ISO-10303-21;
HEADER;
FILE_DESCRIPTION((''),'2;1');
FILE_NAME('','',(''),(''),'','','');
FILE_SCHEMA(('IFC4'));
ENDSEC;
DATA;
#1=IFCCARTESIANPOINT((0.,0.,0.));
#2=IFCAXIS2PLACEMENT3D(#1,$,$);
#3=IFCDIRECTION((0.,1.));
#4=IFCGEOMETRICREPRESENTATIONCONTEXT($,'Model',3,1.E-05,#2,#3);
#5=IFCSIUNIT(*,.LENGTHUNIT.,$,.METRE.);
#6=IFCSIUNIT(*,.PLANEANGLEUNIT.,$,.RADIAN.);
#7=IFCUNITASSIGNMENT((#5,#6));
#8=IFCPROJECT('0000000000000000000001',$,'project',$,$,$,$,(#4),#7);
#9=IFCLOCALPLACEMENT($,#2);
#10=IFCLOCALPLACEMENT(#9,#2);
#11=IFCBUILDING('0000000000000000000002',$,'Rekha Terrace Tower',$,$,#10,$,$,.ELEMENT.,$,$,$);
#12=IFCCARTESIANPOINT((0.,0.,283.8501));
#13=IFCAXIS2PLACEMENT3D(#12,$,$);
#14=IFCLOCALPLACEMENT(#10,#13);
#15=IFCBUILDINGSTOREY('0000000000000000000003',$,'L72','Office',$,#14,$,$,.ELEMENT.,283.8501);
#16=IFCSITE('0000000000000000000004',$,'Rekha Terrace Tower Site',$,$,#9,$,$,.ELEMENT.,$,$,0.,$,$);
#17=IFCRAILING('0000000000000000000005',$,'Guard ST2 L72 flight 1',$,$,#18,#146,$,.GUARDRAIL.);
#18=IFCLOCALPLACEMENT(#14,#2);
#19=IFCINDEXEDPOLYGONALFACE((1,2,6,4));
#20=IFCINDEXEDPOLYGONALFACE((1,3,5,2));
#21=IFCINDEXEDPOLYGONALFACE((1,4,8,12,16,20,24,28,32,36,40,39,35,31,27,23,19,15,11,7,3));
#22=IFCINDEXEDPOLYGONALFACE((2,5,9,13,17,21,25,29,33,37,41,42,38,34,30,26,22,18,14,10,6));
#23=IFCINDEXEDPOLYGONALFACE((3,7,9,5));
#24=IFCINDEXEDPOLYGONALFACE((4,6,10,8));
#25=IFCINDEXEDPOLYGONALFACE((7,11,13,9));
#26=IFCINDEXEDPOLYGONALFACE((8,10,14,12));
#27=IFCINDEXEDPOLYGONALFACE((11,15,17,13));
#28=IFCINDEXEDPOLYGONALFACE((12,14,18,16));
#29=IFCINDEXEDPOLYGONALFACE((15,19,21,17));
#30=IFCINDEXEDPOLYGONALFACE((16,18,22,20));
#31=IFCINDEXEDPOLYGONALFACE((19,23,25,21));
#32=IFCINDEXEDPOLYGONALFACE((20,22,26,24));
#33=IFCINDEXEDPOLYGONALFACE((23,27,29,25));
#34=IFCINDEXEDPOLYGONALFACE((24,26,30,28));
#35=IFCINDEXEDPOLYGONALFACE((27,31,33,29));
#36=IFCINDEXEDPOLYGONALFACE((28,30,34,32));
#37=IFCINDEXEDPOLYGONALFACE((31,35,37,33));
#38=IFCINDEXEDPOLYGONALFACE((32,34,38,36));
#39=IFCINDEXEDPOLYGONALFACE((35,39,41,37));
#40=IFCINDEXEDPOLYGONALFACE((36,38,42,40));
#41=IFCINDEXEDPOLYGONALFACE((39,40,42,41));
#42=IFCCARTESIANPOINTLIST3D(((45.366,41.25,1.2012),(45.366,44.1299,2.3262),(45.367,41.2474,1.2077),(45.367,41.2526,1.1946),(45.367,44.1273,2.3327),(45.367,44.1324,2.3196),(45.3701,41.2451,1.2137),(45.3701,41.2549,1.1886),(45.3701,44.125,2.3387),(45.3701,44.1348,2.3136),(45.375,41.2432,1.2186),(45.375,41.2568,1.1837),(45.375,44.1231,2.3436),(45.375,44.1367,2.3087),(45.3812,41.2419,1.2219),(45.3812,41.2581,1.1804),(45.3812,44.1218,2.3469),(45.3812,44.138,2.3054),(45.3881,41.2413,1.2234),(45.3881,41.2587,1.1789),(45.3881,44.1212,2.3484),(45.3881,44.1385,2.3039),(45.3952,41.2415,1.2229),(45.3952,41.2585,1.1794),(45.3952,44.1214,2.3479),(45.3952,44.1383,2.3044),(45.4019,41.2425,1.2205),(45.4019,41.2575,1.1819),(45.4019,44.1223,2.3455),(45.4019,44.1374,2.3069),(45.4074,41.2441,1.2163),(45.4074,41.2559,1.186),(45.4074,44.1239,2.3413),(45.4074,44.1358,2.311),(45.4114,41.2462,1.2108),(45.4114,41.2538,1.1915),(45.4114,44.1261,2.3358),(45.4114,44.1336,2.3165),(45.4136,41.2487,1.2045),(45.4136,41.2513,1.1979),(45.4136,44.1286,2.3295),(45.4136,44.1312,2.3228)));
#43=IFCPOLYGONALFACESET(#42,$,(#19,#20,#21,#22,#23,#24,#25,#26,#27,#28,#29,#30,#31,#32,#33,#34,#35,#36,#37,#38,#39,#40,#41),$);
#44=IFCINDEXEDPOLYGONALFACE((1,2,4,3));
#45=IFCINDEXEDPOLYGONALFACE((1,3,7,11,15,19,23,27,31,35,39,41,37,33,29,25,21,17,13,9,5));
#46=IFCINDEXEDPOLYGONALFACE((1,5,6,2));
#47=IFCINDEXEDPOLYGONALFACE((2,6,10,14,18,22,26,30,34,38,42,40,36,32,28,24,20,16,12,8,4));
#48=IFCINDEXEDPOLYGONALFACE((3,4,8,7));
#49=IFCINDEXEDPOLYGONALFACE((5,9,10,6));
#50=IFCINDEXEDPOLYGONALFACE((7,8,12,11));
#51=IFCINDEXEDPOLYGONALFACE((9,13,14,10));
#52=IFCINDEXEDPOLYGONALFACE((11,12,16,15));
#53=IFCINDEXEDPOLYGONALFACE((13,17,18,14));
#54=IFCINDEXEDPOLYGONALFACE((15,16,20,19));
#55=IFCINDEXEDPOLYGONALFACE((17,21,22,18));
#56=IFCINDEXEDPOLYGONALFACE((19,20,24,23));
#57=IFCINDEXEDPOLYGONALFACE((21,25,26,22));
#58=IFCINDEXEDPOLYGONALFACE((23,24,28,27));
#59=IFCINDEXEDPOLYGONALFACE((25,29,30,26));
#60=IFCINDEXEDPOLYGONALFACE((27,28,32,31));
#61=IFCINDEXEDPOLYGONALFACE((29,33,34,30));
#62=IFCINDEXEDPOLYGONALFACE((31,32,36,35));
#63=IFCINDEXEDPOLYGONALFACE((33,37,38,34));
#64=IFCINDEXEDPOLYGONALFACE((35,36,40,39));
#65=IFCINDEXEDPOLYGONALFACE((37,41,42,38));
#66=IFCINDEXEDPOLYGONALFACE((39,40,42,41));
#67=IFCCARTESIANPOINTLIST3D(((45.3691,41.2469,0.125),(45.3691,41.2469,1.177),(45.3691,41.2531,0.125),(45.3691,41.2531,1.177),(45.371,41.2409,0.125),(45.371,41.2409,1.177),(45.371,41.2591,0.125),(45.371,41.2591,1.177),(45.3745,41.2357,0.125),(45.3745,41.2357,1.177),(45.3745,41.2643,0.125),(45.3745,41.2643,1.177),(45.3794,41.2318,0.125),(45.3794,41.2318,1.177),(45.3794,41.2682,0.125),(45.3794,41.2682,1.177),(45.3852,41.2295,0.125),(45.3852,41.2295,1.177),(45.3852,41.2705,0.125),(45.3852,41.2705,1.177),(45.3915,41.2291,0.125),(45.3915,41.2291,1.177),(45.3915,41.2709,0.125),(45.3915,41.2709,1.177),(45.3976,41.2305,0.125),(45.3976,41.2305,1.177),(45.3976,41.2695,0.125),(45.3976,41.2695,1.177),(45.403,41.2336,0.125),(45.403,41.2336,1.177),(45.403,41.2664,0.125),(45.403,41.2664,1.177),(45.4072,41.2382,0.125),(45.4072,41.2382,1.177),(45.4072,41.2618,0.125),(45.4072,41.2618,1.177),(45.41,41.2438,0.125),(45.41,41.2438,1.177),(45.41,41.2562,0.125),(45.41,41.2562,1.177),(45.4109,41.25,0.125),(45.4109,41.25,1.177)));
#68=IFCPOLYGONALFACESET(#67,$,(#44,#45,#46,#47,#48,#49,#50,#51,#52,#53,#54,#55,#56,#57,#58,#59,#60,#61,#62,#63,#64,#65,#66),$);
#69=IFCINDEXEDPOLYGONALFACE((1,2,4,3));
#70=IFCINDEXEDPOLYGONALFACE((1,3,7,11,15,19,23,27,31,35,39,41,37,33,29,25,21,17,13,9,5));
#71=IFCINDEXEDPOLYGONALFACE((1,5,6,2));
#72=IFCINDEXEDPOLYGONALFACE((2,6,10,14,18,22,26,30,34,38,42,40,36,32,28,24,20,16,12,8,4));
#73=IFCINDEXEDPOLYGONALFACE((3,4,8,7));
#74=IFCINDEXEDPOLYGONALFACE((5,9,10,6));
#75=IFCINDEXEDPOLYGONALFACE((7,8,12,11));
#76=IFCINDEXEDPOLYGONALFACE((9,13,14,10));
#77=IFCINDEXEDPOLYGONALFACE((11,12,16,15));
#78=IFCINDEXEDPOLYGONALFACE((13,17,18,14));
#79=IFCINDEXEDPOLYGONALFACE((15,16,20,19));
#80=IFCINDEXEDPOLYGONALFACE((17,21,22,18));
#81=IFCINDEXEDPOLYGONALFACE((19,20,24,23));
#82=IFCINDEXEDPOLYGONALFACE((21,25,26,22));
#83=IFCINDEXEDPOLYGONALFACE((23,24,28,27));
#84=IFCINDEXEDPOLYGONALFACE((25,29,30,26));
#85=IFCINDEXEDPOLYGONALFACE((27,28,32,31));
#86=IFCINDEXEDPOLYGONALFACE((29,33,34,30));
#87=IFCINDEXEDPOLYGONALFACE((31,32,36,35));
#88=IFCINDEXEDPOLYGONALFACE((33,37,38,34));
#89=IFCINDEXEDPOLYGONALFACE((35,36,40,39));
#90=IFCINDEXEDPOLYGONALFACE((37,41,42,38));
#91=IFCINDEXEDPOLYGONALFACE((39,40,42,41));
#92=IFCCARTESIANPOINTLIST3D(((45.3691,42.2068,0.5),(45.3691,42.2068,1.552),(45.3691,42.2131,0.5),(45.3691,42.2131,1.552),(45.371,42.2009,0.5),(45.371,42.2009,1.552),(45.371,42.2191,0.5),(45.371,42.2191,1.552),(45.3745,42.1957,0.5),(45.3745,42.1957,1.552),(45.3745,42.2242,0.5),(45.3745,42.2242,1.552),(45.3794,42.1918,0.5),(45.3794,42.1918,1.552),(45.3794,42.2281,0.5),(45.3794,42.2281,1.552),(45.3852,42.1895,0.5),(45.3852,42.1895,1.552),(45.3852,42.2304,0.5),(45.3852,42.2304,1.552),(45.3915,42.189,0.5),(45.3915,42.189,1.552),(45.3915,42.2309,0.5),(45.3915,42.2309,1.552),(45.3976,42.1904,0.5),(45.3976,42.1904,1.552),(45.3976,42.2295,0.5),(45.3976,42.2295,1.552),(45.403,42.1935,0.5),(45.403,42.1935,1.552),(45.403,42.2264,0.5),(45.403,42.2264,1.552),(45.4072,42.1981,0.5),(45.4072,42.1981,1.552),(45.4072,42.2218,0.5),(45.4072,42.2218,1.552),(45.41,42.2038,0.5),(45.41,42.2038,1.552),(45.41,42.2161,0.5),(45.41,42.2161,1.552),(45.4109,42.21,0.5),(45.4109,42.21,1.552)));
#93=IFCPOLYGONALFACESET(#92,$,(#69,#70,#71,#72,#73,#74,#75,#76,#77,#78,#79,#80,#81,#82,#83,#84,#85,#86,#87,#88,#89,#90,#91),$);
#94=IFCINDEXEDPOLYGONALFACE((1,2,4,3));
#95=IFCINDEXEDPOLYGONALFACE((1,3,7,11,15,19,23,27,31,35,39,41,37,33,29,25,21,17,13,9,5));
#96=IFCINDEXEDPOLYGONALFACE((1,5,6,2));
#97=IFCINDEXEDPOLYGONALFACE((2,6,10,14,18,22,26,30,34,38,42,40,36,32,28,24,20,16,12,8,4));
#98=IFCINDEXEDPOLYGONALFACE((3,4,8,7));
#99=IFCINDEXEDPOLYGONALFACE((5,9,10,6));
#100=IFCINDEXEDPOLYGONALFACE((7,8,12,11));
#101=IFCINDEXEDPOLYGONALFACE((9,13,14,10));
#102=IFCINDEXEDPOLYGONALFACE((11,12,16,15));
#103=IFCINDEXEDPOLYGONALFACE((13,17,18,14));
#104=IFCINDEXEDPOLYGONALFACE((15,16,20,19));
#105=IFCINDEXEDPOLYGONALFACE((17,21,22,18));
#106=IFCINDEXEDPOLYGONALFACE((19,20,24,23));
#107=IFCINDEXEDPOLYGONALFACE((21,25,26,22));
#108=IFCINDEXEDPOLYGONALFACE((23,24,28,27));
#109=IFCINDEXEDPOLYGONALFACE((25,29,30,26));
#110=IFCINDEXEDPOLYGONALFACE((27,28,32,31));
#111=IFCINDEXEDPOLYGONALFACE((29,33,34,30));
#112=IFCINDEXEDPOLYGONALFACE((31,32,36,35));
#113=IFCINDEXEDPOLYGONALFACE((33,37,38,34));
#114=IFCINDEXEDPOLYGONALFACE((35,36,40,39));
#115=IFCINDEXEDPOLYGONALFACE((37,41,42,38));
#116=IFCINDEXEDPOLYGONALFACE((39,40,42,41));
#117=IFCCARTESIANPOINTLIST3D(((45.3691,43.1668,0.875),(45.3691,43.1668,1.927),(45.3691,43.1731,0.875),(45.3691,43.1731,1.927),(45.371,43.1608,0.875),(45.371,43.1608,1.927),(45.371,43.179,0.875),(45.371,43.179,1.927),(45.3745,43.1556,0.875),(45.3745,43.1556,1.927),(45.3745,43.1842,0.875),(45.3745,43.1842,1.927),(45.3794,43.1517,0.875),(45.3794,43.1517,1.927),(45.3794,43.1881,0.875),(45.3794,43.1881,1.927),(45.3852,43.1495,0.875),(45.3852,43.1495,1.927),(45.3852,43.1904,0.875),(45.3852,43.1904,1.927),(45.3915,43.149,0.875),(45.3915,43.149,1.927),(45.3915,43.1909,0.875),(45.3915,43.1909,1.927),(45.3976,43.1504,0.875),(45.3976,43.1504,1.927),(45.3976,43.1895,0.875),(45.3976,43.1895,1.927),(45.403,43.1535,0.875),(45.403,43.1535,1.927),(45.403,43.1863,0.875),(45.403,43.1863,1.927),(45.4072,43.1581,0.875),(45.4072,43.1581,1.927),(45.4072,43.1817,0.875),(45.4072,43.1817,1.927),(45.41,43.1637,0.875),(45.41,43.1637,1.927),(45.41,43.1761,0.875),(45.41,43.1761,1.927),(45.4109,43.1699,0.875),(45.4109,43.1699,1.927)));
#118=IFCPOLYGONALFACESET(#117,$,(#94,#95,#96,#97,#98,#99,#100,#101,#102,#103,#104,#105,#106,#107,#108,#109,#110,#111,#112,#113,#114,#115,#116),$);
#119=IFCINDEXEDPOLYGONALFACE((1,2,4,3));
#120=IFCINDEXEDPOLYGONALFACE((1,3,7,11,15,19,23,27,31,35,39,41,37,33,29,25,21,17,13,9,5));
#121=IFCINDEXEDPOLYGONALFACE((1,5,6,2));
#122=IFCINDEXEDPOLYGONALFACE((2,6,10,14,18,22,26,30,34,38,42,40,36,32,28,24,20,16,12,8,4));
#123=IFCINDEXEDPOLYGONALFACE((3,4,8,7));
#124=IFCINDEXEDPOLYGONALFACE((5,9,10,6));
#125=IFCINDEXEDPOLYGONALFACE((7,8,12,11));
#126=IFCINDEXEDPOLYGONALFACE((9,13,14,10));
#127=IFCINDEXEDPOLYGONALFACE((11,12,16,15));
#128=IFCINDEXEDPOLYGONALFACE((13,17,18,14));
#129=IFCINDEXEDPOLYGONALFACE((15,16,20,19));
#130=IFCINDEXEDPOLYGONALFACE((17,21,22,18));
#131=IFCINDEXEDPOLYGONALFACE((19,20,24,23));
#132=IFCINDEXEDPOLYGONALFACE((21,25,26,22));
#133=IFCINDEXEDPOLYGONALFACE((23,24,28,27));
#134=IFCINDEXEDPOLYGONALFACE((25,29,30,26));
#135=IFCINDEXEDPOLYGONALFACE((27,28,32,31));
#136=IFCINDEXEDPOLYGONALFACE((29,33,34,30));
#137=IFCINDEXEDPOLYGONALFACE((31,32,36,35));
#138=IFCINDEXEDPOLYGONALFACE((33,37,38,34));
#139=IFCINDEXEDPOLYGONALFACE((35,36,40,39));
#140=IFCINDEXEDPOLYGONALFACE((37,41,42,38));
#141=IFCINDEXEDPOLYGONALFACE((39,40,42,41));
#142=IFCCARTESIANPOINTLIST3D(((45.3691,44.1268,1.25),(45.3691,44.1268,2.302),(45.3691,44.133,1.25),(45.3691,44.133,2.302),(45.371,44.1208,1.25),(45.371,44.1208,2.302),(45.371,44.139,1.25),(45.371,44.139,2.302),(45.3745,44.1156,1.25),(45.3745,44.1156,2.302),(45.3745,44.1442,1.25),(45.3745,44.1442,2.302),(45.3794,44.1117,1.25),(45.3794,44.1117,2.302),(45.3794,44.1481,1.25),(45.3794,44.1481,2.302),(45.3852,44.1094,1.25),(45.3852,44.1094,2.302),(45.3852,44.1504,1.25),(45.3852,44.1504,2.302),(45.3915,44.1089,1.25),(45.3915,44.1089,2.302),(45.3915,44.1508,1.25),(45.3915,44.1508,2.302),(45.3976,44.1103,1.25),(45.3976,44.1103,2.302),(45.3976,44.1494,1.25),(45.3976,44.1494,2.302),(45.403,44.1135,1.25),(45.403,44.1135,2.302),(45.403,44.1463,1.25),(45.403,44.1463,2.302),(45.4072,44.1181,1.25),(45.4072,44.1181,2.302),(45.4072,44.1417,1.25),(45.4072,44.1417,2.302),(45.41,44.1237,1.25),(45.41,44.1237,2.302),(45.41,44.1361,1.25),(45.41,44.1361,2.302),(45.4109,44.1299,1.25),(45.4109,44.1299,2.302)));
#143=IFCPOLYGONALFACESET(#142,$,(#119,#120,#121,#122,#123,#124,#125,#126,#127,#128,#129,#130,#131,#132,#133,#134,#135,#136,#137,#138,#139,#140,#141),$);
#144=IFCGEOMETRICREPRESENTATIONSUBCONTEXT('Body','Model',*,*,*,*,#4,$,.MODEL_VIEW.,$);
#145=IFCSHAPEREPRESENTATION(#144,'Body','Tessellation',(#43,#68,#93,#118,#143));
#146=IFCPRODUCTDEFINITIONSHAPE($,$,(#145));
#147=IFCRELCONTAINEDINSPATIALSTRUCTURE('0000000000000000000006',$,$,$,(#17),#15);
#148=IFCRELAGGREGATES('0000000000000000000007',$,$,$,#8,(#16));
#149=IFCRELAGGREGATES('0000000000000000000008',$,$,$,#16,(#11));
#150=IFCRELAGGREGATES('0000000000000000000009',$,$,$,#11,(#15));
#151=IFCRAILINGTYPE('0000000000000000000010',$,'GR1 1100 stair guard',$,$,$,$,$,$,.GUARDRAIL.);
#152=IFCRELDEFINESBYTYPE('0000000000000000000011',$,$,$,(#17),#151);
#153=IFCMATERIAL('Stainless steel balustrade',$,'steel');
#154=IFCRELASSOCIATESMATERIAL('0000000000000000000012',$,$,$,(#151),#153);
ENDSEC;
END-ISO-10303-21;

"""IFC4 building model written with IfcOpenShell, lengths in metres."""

from ifc_helpers import new_model, si_unit, direction, frame, origin, origin_2d, place, context, subcontext, project, spatial, circle, extrude, material, type_object, element, save


model = new_model("IFC4")

# Units and contexts
model_context = context("Model", 3, precision=1e-05, world=origin(), true_north=direction((0.0, 1.0)))
body_context = subcontext(model_context, "Body", "Model", "MODEL_VIEW")
ifc_project = project(units=[si_unit("LENGTHUNIT", "METRE"), si_unit("PLANEANGLEUNIT", "RADIAN")], contexts=[model_context])

# Site, building, storey
site_placement = place(None, origin())
site = spatial("IfcSite", under=ifc_project, at=site_placement, Name="Rekha Terrace Tower Site", CompositionType="ELEMENT", RefElevation=0.0)
building_placement = place(site_placement, origin())
building = spatial("IfcBuilding", under=site, at=building_placement, Name="Rekha Terrace Tower", CompositionType="ELEMENT")
storey_placement = place(building_placement, frame((0.0, 0.0, 283.8501)))
storey = spatial("IfcBuildingStorey", under=building, at=storey_placement, Name="L72", Description="Office", CompositionType="ELEMENT", Elevation=283.8501)

# Railing
ifc_material_1 = material(Name="Stainless steel balustrade", Category="steel")
railing_type_1 = type_object("IfcRailingType", Name="GR1 1100 stair guard", PredefinedType="GUARDRAIL", material=ifc_material_1)
railing_1_placement = place(storey_placement, frame((45.3899, 41.25, 0.125)))
element("IfcRailing", 1, at=railing_1_placement, inside=storey, type_object=railing_type_1, Name="Guard ST2 L72 flight 1", PredefinedType="GUARDRAIL", context=body_context, shape_type="SweptSolid", body=[
    extrude(circle(Radius=0.0239, at=origin_2d()), frame((0.0, 0.0, 1.0762), z_axis=(0.0, 0.931452, 0.363863), x_axis=(-1.0, 0.0, 0.0)), (0.0, 0.0, 1.0), 3.0918),
    extrude(circle(Radius=0.021, at=origin_2d()), origin(), (0.0, 0.0, 1.0), 1.052),
    extrude(circle(Radius=0.021, at=origin_2d()), frame((0.0, 0.96, 0.375)), (0.0, 0.0, 1.0), 1.052),
    extrude(circle(Radius=0.021, at=origin_2d()), frame((0.0, 1.9199, 0.75)), (0.0, 0.0, 1.0), 1.052),
    extrude(circle(Radius=0.021, at=origin_2d()), frame((0.0, 2.8799, 1.125)), (0.0, 0.0, 1.0), 1.052),
])

save(model, "model.ifc")
